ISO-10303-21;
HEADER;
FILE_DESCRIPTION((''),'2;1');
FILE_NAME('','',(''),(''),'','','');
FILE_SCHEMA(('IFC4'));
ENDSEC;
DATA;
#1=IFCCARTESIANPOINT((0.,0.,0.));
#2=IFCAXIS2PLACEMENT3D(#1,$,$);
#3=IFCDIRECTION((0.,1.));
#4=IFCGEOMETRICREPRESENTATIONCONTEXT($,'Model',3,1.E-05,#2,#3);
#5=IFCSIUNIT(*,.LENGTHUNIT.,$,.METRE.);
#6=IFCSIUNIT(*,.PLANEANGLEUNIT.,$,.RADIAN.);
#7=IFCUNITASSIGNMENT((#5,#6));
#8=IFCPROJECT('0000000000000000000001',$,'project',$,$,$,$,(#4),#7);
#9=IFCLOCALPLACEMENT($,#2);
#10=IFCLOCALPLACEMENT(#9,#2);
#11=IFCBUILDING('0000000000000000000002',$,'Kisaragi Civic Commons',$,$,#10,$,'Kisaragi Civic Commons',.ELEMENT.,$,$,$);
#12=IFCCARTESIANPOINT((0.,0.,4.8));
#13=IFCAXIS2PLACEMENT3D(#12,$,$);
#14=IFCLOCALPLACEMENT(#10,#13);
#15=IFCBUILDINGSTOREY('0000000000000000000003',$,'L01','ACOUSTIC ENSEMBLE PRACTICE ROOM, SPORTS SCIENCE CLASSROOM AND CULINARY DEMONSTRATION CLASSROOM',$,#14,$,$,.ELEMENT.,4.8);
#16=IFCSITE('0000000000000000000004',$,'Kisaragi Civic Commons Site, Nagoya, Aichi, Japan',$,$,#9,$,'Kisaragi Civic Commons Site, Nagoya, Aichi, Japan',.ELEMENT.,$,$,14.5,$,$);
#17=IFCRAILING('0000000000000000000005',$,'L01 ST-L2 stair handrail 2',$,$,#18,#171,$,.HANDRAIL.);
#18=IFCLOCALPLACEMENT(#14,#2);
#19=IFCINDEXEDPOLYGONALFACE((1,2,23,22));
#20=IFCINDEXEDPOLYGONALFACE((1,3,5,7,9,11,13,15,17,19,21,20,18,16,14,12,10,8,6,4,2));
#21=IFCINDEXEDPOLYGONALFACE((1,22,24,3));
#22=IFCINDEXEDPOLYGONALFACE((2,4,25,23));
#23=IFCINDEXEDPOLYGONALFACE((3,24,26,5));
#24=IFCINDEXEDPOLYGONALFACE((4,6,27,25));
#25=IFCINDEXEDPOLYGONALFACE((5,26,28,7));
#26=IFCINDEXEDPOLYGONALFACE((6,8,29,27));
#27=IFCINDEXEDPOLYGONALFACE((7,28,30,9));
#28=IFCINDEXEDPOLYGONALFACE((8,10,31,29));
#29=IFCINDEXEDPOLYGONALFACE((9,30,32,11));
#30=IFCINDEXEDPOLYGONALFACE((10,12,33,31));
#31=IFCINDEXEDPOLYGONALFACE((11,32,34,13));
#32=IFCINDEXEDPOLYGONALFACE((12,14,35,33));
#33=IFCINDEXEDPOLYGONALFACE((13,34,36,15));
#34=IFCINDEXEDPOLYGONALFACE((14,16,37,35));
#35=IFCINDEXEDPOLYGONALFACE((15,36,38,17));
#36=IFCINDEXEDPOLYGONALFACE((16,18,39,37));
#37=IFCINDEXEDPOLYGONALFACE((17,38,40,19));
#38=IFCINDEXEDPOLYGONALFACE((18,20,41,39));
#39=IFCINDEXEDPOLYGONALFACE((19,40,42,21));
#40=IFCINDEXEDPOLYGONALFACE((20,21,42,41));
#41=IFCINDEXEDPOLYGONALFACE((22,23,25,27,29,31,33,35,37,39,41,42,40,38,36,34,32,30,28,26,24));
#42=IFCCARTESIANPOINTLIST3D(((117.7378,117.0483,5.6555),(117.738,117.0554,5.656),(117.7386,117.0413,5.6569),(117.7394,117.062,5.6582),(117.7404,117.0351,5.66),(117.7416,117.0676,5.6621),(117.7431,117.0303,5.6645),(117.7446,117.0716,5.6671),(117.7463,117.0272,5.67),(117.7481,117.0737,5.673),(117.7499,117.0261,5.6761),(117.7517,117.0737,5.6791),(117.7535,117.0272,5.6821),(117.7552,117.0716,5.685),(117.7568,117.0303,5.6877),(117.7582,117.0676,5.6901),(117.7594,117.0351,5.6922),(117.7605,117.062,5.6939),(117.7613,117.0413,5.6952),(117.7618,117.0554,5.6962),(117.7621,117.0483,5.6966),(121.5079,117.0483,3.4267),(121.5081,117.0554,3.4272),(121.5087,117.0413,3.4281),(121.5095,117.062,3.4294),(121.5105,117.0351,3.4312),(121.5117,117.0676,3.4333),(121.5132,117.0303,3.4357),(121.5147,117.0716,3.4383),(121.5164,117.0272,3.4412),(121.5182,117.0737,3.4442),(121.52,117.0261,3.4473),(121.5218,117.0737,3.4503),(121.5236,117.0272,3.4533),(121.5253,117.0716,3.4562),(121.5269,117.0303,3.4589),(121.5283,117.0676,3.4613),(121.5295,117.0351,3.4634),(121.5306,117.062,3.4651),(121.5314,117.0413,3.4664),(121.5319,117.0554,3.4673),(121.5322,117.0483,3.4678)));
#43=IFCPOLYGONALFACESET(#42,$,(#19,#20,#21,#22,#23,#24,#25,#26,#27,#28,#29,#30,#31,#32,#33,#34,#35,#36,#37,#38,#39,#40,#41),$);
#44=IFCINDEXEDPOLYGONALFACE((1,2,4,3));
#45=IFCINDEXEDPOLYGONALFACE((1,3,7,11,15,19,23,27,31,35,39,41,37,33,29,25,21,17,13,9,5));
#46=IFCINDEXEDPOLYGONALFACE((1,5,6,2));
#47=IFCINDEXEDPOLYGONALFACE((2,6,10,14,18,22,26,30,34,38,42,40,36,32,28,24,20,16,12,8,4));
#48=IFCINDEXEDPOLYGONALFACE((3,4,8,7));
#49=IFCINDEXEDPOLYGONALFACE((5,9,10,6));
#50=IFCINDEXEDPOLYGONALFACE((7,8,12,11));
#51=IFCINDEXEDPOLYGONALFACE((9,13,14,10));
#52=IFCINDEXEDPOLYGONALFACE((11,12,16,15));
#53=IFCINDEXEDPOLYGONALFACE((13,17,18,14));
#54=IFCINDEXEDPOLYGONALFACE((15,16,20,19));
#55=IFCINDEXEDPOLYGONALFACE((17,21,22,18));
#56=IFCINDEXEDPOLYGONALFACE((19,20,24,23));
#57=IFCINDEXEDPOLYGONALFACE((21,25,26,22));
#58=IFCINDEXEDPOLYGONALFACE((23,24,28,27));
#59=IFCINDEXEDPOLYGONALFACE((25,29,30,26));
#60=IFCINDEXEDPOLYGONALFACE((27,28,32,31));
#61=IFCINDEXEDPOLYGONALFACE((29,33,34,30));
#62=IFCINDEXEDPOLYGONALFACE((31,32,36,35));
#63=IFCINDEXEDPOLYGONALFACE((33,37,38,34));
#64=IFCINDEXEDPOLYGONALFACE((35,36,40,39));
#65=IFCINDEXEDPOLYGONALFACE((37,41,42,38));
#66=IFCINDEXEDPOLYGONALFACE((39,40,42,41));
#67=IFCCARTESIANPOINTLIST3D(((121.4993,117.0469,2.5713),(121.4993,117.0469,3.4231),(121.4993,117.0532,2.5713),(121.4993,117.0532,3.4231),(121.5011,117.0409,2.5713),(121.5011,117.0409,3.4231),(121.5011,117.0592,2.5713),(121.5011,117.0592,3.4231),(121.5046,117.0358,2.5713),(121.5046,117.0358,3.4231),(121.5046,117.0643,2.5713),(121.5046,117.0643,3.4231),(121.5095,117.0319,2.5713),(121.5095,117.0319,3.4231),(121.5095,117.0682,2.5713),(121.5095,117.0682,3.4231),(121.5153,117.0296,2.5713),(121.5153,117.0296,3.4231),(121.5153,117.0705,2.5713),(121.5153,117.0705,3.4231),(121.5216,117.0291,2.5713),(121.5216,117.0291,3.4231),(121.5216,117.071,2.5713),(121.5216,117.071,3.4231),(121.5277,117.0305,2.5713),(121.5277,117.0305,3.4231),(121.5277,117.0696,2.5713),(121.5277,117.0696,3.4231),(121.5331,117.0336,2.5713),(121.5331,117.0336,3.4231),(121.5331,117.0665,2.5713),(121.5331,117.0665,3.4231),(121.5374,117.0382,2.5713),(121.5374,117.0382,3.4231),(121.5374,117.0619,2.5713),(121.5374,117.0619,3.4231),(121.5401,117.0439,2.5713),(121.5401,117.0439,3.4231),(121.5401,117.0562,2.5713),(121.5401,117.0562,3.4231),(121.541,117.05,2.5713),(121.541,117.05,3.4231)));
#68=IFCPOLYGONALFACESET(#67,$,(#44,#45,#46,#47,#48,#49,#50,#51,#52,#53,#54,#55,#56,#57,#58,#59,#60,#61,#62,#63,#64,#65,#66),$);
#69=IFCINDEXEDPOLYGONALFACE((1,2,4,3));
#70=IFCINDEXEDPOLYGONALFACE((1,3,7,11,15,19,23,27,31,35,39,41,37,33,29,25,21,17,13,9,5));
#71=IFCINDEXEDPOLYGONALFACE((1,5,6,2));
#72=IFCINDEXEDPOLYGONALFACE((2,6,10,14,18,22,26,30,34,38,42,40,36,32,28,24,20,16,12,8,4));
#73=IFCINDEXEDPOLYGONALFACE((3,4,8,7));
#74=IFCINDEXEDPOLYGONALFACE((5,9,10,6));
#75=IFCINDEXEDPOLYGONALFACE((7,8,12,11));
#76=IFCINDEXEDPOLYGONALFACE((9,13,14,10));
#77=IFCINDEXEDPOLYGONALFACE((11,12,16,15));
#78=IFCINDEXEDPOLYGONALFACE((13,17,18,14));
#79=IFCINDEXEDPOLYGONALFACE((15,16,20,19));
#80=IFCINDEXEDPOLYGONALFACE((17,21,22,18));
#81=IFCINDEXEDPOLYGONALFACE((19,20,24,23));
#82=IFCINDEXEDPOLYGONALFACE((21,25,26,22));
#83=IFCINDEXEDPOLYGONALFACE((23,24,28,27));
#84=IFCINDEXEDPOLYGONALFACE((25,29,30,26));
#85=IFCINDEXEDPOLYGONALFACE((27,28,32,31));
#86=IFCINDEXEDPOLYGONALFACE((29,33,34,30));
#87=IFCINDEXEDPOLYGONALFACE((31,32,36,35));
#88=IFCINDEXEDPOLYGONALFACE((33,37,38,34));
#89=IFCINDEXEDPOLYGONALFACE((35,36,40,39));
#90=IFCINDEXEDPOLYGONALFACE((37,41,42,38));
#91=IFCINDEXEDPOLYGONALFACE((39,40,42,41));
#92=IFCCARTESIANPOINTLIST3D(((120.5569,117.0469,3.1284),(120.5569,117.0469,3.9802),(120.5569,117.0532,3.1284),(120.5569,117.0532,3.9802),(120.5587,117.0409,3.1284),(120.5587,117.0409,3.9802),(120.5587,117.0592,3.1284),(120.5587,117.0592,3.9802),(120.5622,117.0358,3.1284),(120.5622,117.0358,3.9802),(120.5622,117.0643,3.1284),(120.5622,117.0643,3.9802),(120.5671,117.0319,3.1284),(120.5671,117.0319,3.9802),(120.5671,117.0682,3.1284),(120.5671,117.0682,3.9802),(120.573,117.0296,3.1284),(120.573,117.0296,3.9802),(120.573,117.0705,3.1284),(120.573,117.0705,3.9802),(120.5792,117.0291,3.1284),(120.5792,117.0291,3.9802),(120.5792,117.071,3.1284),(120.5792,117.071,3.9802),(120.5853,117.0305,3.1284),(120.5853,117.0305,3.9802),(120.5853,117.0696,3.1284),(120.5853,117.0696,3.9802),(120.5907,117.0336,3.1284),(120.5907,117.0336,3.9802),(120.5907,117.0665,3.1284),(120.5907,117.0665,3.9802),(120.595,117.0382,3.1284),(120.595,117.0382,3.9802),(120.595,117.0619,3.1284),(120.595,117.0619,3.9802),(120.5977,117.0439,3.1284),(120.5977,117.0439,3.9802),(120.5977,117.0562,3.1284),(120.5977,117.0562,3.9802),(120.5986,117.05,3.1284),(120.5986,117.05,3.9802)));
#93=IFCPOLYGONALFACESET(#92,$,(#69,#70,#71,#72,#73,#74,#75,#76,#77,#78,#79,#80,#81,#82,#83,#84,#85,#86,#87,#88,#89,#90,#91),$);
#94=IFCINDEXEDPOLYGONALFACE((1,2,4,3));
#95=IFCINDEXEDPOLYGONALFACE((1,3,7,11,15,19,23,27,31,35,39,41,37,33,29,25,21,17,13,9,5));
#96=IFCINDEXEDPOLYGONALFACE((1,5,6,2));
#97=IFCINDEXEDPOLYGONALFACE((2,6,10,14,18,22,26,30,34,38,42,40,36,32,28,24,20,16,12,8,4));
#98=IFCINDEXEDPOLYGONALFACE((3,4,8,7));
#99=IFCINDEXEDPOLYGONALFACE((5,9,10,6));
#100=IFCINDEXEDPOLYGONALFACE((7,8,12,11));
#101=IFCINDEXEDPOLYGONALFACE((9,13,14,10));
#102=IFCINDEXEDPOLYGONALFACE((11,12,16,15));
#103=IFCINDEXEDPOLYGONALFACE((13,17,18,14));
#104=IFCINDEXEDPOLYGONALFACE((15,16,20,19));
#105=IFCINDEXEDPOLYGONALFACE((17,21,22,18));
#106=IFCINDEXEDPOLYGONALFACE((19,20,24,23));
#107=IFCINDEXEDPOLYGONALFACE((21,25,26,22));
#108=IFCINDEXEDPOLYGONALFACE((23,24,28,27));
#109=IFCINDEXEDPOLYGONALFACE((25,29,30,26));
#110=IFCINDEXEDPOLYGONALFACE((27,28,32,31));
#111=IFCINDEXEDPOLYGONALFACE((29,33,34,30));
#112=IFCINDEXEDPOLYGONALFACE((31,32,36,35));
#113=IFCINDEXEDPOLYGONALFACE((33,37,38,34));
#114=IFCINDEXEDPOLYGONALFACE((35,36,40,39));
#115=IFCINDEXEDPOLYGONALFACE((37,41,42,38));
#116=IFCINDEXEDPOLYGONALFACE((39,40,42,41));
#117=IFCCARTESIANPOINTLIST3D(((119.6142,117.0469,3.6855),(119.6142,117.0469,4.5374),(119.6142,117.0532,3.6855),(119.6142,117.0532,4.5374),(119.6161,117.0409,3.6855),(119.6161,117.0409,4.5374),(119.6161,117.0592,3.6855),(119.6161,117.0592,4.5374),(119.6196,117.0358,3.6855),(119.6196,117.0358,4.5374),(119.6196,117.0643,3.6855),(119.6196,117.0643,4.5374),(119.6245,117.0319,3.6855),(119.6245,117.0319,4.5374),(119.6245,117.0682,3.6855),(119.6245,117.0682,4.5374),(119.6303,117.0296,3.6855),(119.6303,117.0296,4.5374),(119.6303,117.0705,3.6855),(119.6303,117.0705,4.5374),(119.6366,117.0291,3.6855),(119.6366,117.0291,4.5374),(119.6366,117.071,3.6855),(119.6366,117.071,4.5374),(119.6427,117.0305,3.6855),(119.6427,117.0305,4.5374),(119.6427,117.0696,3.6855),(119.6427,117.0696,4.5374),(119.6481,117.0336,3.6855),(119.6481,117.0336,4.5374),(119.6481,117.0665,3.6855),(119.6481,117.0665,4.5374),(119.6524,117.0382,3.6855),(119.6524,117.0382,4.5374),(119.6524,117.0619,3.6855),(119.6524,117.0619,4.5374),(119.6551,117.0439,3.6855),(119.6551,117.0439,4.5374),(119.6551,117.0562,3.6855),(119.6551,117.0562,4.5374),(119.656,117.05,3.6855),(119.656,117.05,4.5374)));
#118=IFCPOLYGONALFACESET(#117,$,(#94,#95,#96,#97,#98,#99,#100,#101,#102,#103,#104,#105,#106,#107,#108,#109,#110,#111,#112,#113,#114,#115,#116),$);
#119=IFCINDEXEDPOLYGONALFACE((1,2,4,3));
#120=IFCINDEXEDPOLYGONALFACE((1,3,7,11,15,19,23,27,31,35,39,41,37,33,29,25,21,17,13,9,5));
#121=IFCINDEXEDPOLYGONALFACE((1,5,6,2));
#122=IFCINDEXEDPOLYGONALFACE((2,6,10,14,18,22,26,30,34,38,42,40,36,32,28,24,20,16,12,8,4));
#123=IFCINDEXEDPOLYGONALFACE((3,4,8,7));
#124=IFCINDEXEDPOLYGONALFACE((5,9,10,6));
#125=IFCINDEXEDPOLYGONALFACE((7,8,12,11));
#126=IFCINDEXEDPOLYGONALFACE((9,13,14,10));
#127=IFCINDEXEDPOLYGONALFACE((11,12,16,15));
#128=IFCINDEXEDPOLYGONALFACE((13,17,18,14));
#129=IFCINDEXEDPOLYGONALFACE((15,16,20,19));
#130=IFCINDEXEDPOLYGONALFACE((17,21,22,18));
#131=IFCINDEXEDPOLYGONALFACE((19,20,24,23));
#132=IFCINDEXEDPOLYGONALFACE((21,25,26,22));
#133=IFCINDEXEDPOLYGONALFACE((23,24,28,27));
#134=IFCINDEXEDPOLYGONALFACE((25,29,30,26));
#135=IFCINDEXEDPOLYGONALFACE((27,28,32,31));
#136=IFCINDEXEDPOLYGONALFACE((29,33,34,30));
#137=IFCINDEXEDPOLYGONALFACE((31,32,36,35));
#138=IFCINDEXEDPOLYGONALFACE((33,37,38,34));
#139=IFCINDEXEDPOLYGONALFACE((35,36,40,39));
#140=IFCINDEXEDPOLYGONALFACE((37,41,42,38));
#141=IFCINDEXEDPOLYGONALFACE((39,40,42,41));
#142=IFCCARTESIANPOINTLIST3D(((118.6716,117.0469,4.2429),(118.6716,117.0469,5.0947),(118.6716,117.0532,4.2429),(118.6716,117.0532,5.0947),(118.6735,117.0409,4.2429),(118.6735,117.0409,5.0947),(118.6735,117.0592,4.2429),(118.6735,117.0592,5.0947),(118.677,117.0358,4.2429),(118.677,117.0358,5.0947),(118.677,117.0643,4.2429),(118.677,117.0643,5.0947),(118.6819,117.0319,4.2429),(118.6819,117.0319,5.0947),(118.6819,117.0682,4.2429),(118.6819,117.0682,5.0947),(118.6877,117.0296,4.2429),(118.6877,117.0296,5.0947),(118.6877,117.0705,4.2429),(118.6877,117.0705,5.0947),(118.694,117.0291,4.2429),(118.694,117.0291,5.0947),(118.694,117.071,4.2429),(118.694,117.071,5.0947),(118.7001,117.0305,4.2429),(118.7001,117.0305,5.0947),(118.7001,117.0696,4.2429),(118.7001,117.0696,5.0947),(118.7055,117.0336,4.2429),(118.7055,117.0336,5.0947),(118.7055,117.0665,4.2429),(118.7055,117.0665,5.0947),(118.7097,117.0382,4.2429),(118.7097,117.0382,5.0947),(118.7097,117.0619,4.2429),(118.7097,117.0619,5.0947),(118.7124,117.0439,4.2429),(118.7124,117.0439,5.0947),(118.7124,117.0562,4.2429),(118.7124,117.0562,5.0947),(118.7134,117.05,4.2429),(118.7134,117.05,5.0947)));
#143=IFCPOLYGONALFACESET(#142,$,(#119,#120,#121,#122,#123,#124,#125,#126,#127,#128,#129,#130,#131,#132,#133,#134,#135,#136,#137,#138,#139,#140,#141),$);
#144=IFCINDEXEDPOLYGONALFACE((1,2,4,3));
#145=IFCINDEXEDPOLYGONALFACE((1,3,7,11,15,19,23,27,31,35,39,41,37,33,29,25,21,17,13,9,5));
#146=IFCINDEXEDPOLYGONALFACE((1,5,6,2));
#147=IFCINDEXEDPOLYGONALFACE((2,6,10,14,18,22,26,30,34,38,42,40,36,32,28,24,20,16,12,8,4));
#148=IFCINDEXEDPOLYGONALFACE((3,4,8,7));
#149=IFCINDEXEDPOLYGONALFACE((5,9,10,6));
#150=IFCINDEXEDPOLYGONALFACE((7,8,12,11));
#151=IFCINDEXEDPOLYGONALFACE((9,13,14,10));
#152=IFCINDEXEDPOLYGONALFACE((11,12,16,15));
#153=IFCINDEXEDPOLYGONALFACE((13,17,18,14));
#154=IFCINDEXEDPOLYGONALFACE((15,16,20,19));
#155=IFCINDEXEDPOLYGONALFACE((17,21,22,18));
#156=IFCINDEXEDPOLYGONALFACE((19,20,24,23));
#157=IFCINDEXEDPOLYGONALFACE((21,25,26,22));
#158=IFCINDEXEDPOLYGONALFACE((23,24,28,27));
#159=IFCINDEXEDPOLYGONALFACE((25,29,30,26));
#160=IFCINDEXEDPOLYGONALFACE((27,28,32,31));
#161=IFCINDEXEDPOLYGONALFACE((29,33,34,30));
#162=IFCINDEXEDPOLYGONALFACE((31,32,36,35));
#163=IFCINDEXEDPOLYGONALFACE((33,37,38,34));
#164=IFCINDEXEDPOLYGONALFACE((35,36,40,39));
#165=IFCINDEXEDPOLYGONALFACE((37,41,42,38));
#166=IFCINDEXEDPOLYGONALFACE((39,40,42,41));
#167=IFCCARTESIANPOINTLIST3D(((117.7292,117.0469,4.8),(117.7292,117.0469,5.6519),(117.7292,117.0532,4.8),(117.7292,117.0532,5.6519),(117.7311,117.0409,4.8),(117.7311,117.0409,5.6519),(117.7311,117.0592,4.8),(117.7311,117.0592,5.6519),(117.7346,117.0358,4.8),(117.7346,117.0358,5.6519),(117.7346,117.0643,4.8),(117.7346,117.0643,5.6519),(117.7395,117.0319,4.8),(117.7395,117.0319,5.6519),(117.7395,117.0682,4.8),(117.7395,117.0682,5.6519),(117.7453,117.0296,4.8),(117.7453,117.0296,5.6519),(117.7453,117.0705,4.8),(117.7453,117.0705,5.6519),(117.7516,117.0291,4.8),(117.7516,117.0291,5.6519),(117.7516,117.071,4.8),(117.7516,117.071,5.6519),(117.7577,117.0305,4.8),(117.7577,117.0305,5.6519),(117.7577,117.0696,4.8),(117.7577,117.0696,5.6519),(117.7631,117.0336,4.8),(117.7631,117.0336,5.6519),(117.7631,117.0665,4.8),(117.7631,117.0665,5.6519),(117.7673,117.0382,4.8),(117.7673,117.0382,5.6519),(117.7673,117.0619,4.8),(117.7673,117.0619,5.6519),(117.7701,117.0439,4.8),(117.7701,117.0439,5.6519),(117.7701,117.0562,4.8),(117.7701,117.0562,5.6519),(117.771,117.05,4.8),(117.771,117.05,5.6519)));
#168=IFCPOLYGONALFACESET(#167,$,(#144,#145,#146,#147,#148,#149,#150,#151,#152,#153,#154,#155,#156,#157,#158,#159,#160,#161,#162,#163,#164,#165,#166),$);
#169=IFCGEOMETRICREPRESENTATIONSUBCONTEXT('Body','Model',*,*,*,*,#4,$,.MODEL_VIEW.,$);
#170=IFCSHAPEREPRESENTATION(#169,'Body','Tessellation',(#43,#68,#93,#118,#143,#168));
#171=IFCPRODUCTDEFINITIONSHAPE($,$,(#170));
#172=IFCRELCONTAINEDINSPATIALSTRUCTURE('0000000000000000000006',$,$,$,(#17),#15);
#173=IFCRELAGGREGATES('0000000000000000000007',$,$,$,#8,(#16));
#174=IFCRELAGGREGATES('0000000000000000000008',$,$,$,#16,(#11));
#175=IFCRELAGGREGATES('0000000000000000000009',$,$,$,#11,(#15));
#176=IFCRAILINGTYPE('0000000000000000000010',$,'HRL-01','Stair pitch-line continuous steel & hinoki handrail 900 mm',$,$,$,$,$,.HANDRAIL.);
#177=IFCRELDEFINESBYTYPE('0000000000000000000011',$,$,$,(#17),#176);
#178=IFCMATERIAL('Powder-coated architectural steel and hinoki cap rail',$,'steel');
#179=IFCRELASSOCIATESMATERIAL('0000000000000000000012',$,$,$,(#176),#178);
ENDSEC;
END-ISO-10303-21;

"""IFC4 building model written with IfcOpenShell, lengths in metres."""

from ifc_helpers import new_model, si_unit, direction, frame, origin, origin_2d, place, context, subcontext, project, spatial, circle, extrude, material, type_object, element, save


model = new_model("IFC4")

# Units and contexts
model_context = context("Model", 3, precision=1e-05, world=origin(), true_north=direction((0.0, 1.0)))
body_context = subcontext(model_context, "Body", "Model", "MODEL_VIEW")
ifc_project = project(units=[si_unit("LENGTHUNIT", "METRE"), si_unit("PLANEANGLEUNIT", "RADIAN")], contexts=[model_context])

# Site, building, storey
site_placement = place(None, origin())
site = spatial("IfcSite", under=ifc_project, at=site_placement, Name="Kisaragi Civic Commons Site, Nagoya, Aichi, Japan", LongName="Kisaragi Civic Commons Site, Nagoya, Aichi, Japan", CompositionType="ELEMENT", RefElevation=14.5)
building_placement = place(site_placement, origin())
building = spatial("IfcBuilding", under=site, at=building_placement, Name="Kisaragi Civic Commons", LongName="Kisaragi Civic Commons", CompositionType="ELEMENT")
storey_placement = place(building_placement, frame((0.0, 0.0, 4.8)))
storey = spatial("IfcBuildingStorey", under=building, at=storey_placement, Name="L01", Description="ACOUSTIC ENSEMBLE PRACTICE ROOM, SPORTS SCIENCE CLASSROOM AND CULINARY DEMONSTRATION CLASSROOM", CompositionType="ELEMENT", Elevation=4.8)

# Railing
ifc_material_1 = material(Name="Powder-coated architectural steel and hinoki cap rail", Category="steel")
railing_type_1 = type_object("IfcRailingType", Name="HRL-01", Description="Stair pitch-line continuous steel & hinoki handrail 900 mm", PredefinedType="HANDRAIL", material=ifc_material_1)
railing_1_placement = place(storey_placement, frame((121.52, 117.05, 2.5713)))
element("IfcRailing", 1, at=railing_1_placement, inside=storey, type_object=railing_type_1, Name="L01 ST-L2 stair handrail 2", PredefinedType="HANDRAIL", context=body_context, shape_type="SweptSolid", body=[
    extrude(circle(Radius=0.0239, at=origin_2d()), frame((0.0, 0.0, 0.876), z_axis=(-0.860824, 0.0, 0.508902), x_axis=(0.0, -1.0, 0.0)), (0.0, 0.0, 1.0), 4.3796),
    extrude(circle(Radius=0.021, at=origin_2d()), origin(), (0.0, 0.0, 1.0), 0.8518),
    extrude(circle(Radius=0.021, at=origin_2d()), frame((-0.9424, 0.0, 0.5571)), (0.0, 0.0, 1.0), 0.8518),
    extrude(circle(Radius=0.021, at=origin_2d()), frame((-1.885, 0.0, 1.1143)), (0.0, 0.0, 1.0), 0.8518),
    extrude(circle(Radius=0.021, at=origin_2d()), frame((-2.8276, 0.0, 1.6716)), (0.0, 0.0, 1.0), 0.8518),
    extrude(circle(Radius=0.021, at=origin_2d()), frame((-3.77, 0.0, 2.2288)), (0.0, 0.0, 1.0), 0.8518),
])

save(model, "model.ifc")
